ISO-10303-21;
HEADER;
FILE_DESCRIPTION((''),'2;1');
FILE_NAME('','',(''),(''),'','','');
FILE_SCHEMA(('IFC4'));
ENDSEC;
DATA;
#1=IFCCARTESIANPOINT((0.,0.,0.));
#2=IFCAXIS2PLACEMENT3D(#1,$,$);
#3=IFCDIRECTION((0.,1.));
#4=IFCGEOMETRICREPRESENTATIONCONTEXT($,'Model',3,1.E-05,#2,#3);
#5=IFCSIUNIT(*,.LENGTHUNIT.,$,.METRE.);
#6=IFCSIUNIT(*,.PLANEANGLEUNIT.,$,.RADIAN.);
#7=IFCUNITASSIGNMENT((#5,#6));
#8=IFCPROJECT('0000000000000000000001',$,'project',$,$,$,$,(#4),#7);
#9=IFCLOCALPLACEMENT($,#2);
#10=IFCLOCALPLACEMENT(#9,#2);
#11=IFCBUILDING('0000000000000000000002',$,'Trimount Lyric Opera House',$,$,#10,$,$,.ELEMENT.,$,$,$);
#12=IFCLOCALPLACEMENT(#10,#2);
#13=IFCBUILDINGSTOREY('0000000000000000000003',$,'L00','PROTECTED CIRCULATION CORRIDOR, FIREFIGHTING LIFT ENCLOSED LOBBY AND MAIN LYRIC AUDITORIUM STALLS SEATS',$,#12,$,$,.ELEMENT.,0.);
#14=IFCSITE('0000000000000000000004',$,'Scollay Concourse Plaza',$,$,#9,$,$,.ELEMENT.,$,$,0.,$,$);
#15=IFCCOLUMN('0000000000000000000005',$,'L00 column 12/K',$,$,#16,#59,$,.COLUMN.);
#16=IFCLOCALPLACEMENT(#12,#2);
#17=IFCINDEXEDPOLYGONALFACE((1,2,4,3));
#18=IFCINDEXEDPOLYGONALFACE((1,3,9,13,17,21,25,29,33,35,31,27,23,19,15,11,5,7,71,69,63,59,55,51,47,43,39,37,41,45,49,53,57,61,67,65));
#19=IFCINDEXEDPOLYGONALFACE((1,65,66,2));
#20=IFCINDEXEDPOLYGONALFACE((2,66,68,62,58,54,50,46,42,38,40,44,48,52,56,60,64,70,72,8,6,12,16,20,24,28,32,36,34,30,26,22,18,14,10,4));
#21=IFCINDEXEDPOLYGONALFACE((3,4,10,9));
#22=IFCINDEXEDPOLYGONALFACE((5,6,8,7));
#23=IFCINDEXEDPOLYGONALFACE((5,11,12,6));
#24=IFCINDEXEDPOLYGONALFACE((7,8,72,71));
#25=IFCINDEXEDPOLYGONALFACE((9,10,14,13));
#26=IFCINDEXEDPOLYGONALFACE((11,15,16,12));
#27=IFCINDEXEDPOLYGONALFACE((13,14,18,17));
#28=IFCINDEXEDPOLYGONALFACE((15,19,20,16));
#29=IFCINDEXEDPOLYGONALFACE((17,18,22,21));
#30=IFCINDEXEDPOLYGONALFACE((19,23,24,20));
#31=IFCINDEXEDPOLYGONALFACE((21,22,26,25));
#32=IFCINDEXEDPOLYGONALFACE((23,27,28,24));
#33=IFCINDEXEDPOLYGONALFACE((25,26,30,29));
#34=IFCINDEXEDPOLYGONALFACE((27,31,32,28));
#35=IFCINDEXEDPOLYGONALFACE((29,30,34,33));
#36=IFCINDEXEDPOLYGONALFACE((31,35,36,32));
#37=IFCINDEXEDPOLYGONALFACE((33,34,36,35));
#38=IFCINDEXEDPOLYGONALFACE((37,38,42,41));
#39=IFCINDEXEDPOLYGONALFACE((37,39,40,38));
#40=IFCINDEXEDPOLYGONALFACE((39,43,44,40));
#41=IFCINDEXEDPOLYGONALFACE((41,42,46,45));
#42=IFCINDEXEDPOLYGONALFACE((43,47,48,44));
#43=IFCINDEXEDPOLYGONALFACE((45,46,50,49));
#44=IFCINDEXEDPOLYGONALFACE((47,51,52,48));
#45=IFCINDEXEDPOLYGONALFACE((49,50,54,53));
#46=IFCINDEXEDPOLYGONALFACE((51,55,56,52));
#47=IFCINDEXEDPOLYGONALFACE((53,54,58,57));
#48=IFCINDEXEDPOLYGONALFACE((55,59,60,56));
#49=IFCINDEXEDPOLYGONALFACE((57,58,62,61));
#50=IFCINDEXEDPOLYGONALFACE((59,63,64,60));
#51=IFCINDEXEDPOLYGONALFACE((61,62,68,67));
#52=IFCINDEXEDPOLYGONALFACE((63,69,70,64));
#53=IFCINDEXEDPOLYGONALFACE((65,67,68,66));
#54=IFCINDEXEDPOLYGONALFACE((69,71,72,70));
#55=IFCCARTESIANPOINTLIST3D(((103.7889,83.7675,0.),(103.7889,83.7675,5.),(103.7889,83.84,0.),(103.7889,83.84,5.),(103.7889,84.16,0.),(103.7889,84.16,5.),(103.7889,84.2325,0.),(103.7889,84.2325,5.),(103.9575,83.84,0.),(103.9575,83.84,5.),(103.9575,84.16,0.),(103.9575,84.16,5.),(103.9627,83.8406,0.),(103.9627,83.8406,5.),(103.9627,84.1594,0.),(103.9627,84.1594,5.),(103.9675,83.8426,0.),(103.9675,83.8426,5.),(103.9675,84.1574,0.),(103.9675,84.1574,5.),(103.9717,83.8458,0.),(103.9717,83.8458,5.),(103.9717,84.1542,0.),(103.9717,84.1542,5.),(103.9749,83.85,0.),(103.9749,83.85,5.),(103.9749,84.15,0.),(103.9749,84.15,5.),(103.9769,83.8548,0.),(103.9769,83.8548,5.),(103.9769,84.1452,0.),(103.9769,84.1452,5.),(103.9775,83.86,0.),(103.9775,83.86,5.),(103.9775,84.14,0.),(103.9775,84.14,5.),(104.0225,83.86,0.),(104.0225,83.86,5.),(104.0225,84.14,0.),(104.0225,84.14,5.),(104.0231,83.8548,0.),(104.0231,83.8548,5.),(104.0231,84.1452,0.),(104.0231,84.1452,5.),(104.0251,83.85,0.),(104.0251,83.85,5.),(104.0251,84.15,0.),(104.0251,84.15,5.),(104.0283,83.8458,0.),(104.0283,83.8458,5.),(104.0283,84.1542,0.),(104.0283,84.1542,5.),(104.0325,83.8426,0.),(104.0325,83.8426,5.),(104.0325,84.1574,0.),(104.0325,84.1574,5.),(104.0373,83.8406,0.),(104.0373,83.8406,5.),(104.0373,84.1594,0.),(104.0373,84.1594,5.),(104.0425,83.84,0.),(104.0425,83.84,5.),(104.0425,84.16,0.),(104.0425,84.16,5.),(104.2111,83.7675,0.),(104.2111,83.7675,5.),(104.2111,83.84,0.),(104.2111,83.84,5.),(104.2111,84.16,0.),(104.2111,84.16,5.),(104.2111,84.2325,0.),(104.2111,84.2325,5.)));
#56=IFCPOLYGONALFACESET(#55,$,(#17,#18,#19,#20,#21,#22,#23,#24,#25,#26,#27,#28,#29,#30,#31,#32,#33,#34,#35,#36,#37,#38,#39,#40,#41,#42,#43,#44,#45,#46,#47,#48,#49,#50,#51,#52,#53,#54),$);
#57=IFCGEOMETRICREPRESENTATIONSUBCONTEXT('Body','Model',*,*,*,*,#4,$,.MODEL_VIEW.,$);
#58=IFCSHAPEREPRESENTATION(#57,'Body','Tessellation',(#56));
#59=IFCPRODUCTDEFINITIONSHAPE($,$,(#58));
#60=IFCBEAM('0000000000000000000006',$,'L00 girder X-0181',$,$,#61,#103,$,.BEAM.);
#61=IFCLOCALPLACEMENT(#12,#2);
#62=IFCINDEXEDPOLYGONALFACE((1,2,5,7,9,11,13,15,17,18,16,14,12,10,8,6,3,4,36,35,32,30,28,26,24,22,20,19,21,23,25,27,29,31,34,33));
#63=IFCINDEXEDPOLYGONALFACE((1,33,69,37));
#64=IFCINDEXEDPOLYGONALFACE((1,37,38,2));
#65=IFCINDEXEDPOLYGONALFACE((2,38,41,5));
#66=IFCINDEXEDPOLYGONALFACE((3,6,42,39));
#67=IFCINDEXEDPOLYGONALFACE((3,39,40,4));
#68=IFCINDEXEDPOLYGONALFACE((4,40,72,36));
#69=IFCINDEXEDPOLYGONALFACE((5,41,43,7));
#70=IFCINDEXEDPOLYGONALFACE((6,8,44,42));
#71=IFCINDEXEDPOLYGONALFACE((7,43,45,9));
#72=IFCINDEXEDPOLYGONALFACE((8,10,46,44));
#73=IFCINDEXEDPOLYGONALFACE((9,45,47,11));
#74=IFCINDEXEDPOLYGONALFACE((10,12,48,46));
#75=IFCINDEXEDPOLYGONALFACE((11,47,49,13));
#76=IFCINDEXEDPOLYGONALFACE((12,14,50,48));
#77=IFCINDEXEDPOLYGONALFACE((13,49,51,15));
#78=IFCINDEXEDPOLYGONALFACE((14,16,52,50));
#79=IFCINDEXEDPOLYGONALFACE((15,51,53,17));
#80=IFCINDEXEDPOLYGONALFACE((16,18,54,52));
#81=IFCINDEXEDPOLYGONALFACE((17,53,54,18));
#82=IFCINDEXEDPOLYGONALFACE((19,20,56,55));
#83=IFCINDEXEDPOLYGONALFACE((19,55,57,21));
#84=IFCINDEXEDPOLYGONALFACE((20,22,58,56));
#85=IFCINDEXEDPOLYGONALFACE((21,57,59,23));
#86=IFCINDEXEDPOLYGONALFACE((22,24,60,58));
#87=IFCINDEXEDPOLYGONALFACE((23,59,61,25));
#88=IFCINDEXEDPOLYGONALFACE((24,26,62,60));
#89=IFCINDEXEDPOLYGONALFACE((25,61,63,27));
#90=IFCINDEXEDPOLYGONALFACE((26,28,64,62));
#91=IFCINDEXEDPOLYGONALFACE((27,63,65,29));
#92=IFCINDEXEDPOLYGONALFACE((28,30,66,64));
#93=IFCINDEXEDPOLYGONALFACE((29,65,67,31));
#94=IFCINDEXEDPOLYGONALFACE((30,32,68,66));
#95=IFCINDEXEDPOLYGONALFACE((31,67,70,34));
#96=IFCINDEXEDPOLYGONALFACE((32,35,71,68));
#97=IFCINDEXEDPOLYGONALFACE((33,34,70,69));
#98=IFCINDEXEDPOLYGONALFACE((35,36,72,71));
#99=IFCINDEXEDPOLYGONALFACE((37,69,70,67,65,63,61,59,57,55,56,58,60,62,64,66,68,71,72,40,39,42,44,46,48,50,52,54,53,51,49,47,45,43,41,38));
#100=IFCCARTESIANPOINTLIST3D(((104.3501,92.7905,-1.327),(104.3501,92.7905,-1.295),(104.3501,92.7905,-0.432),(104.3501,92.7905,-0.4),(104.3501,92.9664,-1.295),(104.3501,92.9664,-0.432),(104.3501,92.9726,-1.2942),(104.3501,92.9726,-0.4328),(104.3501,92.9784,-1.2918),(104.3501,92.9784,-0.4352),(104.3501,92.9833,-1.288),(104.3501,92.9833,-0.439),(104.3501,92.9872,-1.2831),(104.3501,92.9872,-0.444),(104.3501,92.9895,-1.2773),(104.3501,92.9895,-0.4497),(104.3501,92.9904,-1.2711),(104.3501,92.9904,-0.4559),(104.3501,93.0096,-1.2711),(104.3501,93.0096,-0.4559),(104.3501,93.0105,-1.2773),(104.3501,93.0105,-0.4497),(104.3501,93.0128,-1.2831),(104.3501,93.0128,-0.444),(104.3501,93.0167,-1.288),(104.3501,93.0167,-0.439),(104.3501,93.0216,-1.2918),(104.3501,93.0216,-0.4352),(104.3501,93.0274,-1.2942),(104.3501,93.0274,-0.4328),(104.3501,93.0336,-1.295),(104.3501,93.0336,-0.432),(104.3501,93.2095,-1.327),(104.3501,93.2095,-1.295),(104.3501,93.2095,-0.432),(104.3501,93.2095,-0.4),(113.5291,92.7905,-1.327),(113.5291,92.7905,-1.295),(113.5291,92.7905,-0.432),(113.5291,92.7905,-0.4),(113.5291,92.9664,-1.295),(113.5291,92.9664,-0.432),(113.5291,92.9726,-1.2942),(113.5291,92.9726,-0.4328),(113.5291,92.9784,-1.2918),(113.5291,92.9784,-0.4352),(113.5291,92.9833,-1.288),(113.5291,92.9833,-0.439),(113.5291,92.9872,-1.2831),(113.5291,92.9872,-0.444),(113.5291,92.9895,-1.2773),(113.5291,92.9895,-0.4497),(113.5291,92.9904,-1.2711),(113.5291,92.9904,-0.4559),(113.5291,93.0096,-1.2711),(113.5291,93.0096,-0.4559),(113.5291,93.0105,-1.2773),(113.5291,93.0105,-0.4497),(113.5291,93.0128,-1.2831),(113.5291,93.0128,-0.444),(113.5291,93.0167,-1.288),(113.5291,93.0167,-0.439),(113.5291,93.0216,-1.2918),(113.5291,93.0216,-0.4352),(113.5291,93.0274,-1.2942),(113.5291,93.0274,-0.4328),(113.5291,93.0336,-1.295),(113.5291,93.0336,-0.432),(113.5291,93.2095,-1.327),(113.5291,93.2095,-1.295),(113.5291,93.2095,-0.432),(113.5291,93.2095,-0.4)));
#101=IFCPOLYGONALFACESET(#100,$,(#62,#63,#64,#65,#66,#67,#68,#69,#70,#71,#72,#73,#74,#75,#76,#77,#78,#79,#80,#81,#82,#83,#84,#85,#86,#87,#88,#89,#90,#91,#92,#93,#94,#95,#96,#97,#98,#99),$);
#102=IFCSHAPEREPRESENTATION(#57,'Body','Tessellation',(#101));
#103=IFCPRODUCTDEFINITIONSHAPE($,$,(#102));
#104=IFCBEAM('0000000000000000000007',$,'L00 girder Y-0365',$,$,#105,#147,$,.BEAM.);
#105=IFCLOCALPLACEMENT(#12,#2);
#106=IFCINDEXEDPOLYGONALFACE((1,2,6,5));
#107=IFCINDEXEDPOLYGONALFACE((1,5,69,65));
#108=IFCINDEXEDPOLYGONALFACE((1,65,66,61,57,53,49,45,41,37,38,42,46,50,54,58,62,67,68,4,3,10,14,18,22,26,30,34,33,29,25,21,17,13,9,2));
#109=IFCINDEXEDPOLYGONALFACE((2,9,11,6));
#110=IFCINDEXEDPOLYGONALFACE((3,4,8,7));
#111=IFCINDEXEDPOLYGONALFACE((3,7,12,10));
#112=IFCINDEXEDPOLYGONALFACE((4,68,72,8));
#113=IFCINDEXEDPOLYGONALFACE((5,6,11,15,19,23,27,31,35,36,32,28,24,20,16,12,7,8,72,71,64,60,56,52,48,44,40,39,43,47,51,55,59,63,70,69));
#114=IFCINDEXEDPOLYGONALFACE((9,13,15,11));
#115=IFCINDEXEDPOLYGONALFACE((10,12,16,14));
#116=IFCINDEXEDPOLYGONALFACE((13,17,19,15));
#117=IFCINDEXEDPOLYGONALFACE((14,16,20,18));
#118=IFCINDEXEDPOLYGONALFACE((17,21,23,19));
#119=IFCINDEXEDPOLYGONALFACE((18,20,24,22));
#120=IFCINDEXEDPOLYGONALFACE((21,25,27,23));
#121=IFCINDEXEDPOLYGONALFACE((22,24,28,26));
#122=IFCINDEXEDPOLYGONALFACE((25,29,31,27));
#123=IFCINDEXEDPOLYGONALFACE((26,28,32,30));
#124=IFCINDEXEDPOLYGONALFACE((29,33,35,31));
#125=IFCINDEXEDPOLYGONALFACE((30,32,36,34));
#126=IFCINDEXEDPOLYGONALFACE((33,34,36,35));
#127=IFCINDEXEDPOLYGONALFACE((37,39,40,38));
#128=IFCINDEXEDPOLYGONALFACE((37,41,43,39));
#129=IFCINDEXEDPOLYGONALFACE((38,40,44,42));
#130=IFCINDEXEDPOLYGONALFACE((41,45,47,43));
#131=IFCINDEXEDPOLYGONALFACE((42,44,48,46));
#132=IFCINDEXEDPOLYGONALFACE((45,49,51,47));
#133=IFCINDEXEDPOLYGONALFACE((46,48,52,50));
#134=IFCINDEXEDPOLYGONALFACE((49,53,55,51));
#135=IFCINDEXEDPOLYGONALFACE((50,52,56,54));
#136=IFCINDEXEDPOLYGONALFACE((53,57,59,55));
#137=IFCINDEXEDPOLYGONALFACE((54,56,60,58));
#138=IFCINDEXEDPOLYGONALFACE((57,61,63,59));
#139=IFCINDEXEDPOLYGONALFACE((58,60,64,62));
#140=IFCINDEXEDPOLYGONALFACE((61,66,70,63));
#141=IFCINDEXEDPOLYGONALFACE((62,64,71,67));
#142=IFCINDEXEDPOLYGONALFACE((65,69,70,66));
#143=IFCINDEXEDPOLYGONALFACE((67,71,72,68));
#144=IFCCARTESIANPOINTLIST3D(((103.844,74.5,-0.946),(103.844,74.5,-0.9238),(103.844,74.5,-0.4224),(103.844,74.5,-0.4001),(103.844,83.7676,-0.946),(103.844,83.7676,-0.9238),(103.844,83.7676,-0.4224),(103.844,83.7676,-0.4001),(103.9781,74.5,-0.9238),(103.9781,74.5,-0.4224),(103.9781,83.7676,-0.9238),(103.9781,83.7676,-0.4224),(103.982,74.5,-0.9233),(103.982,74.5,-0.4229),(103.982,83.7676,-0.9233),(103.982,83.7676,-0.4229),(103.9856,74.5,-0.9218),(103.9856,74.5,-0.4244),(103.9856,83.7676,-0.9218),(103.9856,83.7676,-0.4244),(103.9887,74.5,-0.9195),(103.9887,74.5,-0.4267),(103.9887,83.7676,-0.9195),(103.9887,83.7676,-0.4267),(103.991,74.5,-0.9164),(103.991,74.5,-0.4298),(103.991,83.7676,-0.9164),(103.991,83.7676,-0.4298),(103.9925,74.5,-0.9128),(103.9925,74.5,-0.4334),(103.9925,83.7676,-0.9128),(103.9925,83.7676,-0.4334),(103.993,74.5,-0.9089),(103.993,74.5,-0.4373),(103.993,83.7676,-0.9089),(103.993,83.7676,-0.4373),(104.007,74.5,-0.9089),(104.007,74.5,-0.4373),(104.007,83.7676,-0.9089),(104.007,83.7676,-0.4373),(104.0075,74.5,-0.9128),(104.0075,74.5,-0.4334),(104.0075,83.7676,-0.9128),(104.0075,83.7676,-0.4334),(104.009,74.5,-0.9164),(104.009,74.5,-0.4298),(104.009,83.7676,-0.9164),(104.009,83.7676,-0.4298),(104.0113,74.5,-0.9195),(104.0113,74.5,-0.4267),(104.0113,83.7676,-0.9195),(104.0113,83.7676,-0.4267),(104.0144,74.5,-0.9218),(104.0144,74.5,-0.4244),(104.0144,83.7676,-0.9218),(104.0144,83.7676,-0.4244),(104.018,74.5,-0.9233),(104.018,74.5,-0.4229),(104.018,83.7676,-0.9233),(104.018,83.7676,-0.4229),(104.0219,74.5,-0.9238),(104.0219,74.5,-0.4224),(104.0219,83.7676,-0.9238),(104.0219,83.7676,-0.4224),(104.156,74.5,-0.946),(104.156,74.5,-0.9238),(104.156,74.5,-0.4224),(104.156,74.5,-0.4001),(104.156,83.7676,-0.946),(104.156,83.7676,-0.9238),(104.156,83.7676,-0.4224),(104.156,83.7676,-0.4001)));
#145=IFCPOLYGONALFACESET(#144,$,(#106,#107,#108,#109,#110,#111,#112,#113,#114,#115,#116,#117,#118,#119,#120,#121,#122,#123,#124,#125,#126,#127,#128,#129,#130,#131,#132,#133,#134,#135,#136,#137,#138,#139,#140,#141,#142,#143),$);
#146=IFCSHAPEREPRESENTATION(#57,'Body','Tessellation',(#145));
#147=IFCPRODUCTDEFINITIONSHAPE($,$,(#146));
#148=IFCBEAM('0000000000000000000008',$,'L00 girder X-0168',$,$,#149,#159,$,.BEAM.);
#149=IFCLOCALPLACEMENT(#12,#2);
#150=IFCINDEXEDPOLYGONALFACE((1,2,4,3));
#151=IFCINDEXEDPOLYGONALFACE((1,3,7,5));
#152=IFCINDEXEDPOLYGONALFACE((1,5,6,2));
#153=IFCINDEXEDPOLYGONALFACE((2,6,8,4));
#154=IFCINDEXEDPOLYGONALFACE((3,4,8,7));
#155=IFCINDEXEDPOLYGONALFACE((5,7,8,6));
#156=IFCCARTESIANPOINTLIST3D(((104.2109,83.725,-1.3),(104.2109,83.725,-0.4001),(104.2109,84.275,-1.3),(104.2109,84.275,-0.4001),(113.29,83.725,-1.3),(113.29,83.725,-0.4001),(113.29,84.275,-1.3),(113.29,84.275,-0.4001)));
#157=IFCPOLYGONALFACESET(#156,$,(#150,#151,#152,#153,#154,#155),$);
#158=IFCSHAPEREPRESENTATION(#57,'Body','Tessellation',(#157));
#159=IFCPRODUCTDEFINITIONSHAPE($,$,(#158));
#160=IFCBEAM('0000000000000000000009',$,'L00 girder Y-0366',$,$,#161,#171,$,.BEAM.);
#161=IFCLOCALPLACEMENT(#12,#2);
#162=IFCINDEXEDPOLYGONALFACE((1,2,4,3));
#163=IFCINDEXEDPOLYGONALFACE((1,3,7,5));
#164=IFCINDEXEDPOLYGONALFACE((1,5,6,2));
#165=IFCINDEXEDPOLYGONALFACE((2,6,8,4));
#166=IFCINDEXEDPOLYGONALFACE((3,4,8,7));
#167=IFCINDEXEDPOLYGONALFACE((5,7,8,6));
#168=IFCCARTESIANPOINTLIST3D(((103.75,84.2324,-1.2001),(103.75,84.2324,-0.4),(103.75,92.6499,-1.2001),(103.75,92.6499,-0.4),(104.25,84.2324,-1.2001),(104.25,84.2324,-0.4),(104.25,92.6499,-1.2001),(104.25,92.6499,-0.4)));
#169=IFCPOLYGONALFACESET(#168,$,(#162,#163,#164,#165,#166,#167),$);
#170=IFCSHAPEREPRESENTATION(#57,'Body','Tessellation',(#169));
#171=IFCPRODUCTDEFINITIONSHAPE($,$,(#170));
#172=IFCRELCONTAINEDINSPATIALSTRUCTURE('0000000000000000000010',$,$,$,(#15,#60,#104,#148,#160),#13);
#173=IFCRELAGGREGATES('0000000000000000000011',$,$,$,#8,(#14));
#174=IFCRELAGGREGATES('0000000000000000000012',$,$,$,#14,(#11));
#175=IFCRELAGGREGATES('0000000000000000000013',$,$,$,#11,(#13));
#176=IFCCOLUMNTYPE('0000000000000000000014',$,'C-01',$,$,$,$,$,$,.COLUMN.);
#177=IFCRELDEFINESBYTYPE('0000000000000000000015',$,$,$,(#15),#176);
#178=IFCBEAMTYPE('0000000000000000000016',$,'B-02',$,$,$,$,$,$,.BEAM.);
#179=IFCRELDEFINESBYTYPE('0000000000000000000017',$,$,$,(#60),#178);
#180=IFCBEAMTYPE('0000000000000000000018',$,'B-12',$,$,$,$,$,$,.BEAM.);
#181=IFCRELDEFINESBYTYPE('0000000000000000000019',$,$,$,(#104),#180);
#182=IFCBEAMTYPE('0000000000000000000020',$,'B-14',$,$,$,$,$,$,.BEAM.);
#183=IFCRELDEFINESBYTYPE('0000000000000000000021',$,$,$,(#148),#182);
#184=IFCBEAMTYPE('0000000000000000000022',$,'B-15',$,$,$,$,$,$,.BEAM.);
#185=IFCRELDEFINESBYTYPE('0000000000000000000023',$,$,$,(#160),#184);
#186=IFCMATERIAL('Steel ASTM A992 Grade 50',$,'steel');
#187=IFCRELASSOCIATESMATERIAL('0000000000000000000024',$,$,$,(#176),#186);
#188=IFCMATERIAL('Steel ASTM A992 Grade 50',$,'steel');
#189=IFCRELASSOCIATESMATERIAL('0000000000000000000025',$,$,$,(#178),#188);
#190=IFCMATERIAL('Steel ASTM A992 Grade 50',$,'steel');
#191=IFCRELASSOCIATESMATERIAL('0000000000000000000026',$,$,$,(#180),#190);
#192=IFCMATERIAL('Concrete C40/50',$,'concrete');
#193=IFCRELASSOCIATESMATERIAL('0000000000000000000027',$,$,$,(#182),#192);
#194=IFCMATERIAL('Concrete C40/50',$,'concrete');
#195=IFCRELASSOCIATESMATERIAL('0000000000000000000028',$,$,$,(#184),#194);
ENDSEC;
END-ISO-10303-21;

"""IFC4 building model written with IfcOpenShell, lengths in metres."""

from ifc_helpers import new_model, si_unit, direction, frame, origin, origin_2d, place, context, subcontext, project, spatial, rectangle, i_section, extrude, material, material_profile, profile_set, type_object, element, save


model = new_model("IFC4")

# Units and contexts
model_context = context("Model", 3, precision=1e-05, world=origin(), true_north=direction((0.0, 1.0)))
body_context = subcontext(model_context, "Body", "Model", "MODEL_VIEW")
ifc_project = project(units=[si_unit("LENGTHUNIT", "METRE"), si_unit("PLANEANGLEUNIT", "RADIAN")], contexts=[model_context])

# Site, building, storey
site_placement = place(None, origin())
site = spatial("IfcSite", under=ifc_project, at=site_placement, Name="Scollay Concourse Plaza", CompositionType="ELEMENT", RefElevation=0.0)
building_placement = place(site_placement, origin())
building = spatial("IfcBuilding", under=site, at=building_placement, Name="Trimount Lyric Opera House", CompositionType="ELEMENT")
storey_placement = place(building_placement, origin())
storey = spatial("IfcBuildingStorey", under=building, at=storey_placement, Name="L00", Description="PROTECTED CIRCULATION CORRIDOR, FIREFIGHTING LIFT ENCLOSED LOBBY AND MAIN LYRIC AUDITORIUM STALLS SEATS", CompositionType="ELEMENT", Elevation=0.0)

# Column
ifc_material_1 = material(Name="Steel ASTM A992 Grade 50", Category="steel")
ifc_material_profile_1 = material_profile(ifc_material_1, i_section(OverallWidth=0.4221, OverallDepth=0.4651, WebThickness=0.0449, FlangeThickness=0.0725, FilletRadius=0.02, at=origin_2d()), Name="W14X398")
ifc_profile_set_1 = profile_set([ifc_material_profile_1], Name="Steel ASTM A992 Grade 50")
column_type = type_object("IfcColumnType", Name="C-01", PredefinedType="COLUMN", material=ifc_profile_set_1)
column_placement = place(storey_placement, frame((104.0, 84.0, 0.0), z_axis=(0.0, 0.0, 1.0), x_axis=(1.0, 0.0, 0.0)))
element("IfcColumn", 1, at=column_placement, inside=storey, type_object=column_type, Name="L00 column 12/K", PredefinedType="COLUMN", context=body_context, shape_type="SweptSolid", body=[
    extrude(i_section(OverallWidth=0.4221, OverallDepth=0.4651, WebThickness=0.0449, FlangeThickness=0.0725, FilletRadius=0.02, at=origin_2d()), origin(), (0.0, 0.0, 1.0), 5.0),
])

# Beams
ifc_material_2 = material(Name="Steel ASTM A992 Grade 50", Category="steel")
ifc_material_profile_2 = material_profile(ifc_material_2, i_section(OverallWidth=0.4189, OverallDepth=0.927, WebThickness=0.0193, FlangeThickness=0.032, FilletRadius=0.0239, at=origin_2d()), Name="W36X231")
ifc_profile_set_2 = profile_set([ifc_material_profile_2], Name="Steel ASTM A992 Grade 50")
beam_type_1 = type_object("IfcBeamType", Name="B-02", PredefinedType="BEAM", material=ifc_profile_set_2)
beam_1_placement = place(storey_placement, frame((104.3501, 93.0, -0.8635), z_axis=(1.0, 0.0, 0.0), x_axis=(0.0, 1.0, 0.0)))
element("IfcBeam", 2, at=beam_1_placement, inside=storey, type_object=beam_type_1, Name="L00 girder X-0181", PredefinedType="BEAM", context=body_context, shape_type="SweptSolid", body=[
    extrude(i_section(OverallWidth=0.4189, OverallDepth=0.927, WebThickness=0.0193, FlangeThickness=0.032, FilletRadius=0.0239, at=origin_2d()), origin(), (0.0, 0.0, 1.0), 9.179),
])
ifc_material_3 = material(Name="Steel ASTM A992 Grade 50", Category="steel")
ifc_material_profile_3 = material_profile(ifc_material_3, i_section(OverallWidth=0.312, OverallDepth=0.5459, WebThickness=0.0139, FlangeThickness=0.0222, FilletRadius=0.0149, at=origin_2d()), Name="W21X111")
ifc_profile_set_3 = profile_set([ifc_material_profile_3], Name="Steel ASTM A992 Grade 50")
beam_type_2 = type_object("IfcBeamType", Name="B-12", PredefinedType="BEAM", material=ifc_profile_set_3)
beam_2_placement = place(storey_placement, frame((104.0, 74.5, -0.6731), z_axis=(0.0, 1.0, 0.0), x_axis=(-1.0, 0.0, 0.0)))
element("IfcBeam", 3, at=beam_2_placement, inside=storey, type_object=beam_type_2, Name="L00 girder Y-0365", PredefinedType="BEAM", context=body_context, shape_type="SweptSolid", body=[
    extrude(i_section(OverallWidth=0.312, OverallDepth=0.5459, WebThickness=0.0139, FlangeThickness=0.0222, FilletRadius=0.0149, at=origin_2d()), origin(), (0.0, 0.0, 1.0), 9.2676),
])
ifc_material_4 = material(Name="Concrete C40/50", Category="concrete")
ifc_material_profile_4 = material_profile(ifc_material_4, rectangle(XDim=0.55, YDim=0.8999, at=origin_2d()), Name="RC550X900")
ifc_profile_set_4 = profile_set([ifc_material_profile_4], Name="Concrete C40/50")
beam_type_3 = type_object("IfcBeamType", Name="B-14", PredefinedType="BEAM", material=ifc_profile_set_4)
beam_3_placement = place(storey_placement, frame((104.2109, 84.0, -0.8501), z_axis=(1.0, 0.0, 0.0), x_axis=(0.0, 1.0, 0.0)))
element("IfcBeam", 4, at=beam_3_placement, inside=storey, type_object=beam_type_3, Name="L00 girder X-0168", PredefinedType="BEAM", context=body_context, shape_type="SweptSolid", body=[
    extrude(rectangle(XDim=0.55, YDim=0.8999, at=origin_2d()), origin(), (0.0, 0.0, 1.0), 9.0791),
])
ifc_material_5 = material(Name="Concrete C40/50", Category="concrete")
ifc_material_profile_5 = material_profile(ifc_material_5, rectangle(XDim=0.5, YDim=0.8, at=origin_2d()), Name="RC500X800")
ifc_profile_set_5 = profile_set([ifc_material_profile_5], Name="Concrete C40/50")
beam_type_4 = type_object("IfcBeamType", Name="B-15", PredefinedType="BEAM", material=ifc_profile_set_5)
beam_4_placement = place(storey_placement, frame((104.0, 84.2324, -0.8), z_axis=(0.0, 1.0, 0.0), x_axis=(-1.0, 0.0, 0.0)))
element("IfcBeam", 5, at=beam_4_placement, inside=storey, type_object=beam_type_4, Name="L00 girder Y-0366", PredefinedType="BEAM", context=body_context, shape_type="SweptSolid", body=[
    extrude(rectangle(XDim=0.5, YDim=0.8, at=origin_2d()), origin(), (0.0, 0.0, 1.0), 8.4175),
])

save(model, "model.ifc")
